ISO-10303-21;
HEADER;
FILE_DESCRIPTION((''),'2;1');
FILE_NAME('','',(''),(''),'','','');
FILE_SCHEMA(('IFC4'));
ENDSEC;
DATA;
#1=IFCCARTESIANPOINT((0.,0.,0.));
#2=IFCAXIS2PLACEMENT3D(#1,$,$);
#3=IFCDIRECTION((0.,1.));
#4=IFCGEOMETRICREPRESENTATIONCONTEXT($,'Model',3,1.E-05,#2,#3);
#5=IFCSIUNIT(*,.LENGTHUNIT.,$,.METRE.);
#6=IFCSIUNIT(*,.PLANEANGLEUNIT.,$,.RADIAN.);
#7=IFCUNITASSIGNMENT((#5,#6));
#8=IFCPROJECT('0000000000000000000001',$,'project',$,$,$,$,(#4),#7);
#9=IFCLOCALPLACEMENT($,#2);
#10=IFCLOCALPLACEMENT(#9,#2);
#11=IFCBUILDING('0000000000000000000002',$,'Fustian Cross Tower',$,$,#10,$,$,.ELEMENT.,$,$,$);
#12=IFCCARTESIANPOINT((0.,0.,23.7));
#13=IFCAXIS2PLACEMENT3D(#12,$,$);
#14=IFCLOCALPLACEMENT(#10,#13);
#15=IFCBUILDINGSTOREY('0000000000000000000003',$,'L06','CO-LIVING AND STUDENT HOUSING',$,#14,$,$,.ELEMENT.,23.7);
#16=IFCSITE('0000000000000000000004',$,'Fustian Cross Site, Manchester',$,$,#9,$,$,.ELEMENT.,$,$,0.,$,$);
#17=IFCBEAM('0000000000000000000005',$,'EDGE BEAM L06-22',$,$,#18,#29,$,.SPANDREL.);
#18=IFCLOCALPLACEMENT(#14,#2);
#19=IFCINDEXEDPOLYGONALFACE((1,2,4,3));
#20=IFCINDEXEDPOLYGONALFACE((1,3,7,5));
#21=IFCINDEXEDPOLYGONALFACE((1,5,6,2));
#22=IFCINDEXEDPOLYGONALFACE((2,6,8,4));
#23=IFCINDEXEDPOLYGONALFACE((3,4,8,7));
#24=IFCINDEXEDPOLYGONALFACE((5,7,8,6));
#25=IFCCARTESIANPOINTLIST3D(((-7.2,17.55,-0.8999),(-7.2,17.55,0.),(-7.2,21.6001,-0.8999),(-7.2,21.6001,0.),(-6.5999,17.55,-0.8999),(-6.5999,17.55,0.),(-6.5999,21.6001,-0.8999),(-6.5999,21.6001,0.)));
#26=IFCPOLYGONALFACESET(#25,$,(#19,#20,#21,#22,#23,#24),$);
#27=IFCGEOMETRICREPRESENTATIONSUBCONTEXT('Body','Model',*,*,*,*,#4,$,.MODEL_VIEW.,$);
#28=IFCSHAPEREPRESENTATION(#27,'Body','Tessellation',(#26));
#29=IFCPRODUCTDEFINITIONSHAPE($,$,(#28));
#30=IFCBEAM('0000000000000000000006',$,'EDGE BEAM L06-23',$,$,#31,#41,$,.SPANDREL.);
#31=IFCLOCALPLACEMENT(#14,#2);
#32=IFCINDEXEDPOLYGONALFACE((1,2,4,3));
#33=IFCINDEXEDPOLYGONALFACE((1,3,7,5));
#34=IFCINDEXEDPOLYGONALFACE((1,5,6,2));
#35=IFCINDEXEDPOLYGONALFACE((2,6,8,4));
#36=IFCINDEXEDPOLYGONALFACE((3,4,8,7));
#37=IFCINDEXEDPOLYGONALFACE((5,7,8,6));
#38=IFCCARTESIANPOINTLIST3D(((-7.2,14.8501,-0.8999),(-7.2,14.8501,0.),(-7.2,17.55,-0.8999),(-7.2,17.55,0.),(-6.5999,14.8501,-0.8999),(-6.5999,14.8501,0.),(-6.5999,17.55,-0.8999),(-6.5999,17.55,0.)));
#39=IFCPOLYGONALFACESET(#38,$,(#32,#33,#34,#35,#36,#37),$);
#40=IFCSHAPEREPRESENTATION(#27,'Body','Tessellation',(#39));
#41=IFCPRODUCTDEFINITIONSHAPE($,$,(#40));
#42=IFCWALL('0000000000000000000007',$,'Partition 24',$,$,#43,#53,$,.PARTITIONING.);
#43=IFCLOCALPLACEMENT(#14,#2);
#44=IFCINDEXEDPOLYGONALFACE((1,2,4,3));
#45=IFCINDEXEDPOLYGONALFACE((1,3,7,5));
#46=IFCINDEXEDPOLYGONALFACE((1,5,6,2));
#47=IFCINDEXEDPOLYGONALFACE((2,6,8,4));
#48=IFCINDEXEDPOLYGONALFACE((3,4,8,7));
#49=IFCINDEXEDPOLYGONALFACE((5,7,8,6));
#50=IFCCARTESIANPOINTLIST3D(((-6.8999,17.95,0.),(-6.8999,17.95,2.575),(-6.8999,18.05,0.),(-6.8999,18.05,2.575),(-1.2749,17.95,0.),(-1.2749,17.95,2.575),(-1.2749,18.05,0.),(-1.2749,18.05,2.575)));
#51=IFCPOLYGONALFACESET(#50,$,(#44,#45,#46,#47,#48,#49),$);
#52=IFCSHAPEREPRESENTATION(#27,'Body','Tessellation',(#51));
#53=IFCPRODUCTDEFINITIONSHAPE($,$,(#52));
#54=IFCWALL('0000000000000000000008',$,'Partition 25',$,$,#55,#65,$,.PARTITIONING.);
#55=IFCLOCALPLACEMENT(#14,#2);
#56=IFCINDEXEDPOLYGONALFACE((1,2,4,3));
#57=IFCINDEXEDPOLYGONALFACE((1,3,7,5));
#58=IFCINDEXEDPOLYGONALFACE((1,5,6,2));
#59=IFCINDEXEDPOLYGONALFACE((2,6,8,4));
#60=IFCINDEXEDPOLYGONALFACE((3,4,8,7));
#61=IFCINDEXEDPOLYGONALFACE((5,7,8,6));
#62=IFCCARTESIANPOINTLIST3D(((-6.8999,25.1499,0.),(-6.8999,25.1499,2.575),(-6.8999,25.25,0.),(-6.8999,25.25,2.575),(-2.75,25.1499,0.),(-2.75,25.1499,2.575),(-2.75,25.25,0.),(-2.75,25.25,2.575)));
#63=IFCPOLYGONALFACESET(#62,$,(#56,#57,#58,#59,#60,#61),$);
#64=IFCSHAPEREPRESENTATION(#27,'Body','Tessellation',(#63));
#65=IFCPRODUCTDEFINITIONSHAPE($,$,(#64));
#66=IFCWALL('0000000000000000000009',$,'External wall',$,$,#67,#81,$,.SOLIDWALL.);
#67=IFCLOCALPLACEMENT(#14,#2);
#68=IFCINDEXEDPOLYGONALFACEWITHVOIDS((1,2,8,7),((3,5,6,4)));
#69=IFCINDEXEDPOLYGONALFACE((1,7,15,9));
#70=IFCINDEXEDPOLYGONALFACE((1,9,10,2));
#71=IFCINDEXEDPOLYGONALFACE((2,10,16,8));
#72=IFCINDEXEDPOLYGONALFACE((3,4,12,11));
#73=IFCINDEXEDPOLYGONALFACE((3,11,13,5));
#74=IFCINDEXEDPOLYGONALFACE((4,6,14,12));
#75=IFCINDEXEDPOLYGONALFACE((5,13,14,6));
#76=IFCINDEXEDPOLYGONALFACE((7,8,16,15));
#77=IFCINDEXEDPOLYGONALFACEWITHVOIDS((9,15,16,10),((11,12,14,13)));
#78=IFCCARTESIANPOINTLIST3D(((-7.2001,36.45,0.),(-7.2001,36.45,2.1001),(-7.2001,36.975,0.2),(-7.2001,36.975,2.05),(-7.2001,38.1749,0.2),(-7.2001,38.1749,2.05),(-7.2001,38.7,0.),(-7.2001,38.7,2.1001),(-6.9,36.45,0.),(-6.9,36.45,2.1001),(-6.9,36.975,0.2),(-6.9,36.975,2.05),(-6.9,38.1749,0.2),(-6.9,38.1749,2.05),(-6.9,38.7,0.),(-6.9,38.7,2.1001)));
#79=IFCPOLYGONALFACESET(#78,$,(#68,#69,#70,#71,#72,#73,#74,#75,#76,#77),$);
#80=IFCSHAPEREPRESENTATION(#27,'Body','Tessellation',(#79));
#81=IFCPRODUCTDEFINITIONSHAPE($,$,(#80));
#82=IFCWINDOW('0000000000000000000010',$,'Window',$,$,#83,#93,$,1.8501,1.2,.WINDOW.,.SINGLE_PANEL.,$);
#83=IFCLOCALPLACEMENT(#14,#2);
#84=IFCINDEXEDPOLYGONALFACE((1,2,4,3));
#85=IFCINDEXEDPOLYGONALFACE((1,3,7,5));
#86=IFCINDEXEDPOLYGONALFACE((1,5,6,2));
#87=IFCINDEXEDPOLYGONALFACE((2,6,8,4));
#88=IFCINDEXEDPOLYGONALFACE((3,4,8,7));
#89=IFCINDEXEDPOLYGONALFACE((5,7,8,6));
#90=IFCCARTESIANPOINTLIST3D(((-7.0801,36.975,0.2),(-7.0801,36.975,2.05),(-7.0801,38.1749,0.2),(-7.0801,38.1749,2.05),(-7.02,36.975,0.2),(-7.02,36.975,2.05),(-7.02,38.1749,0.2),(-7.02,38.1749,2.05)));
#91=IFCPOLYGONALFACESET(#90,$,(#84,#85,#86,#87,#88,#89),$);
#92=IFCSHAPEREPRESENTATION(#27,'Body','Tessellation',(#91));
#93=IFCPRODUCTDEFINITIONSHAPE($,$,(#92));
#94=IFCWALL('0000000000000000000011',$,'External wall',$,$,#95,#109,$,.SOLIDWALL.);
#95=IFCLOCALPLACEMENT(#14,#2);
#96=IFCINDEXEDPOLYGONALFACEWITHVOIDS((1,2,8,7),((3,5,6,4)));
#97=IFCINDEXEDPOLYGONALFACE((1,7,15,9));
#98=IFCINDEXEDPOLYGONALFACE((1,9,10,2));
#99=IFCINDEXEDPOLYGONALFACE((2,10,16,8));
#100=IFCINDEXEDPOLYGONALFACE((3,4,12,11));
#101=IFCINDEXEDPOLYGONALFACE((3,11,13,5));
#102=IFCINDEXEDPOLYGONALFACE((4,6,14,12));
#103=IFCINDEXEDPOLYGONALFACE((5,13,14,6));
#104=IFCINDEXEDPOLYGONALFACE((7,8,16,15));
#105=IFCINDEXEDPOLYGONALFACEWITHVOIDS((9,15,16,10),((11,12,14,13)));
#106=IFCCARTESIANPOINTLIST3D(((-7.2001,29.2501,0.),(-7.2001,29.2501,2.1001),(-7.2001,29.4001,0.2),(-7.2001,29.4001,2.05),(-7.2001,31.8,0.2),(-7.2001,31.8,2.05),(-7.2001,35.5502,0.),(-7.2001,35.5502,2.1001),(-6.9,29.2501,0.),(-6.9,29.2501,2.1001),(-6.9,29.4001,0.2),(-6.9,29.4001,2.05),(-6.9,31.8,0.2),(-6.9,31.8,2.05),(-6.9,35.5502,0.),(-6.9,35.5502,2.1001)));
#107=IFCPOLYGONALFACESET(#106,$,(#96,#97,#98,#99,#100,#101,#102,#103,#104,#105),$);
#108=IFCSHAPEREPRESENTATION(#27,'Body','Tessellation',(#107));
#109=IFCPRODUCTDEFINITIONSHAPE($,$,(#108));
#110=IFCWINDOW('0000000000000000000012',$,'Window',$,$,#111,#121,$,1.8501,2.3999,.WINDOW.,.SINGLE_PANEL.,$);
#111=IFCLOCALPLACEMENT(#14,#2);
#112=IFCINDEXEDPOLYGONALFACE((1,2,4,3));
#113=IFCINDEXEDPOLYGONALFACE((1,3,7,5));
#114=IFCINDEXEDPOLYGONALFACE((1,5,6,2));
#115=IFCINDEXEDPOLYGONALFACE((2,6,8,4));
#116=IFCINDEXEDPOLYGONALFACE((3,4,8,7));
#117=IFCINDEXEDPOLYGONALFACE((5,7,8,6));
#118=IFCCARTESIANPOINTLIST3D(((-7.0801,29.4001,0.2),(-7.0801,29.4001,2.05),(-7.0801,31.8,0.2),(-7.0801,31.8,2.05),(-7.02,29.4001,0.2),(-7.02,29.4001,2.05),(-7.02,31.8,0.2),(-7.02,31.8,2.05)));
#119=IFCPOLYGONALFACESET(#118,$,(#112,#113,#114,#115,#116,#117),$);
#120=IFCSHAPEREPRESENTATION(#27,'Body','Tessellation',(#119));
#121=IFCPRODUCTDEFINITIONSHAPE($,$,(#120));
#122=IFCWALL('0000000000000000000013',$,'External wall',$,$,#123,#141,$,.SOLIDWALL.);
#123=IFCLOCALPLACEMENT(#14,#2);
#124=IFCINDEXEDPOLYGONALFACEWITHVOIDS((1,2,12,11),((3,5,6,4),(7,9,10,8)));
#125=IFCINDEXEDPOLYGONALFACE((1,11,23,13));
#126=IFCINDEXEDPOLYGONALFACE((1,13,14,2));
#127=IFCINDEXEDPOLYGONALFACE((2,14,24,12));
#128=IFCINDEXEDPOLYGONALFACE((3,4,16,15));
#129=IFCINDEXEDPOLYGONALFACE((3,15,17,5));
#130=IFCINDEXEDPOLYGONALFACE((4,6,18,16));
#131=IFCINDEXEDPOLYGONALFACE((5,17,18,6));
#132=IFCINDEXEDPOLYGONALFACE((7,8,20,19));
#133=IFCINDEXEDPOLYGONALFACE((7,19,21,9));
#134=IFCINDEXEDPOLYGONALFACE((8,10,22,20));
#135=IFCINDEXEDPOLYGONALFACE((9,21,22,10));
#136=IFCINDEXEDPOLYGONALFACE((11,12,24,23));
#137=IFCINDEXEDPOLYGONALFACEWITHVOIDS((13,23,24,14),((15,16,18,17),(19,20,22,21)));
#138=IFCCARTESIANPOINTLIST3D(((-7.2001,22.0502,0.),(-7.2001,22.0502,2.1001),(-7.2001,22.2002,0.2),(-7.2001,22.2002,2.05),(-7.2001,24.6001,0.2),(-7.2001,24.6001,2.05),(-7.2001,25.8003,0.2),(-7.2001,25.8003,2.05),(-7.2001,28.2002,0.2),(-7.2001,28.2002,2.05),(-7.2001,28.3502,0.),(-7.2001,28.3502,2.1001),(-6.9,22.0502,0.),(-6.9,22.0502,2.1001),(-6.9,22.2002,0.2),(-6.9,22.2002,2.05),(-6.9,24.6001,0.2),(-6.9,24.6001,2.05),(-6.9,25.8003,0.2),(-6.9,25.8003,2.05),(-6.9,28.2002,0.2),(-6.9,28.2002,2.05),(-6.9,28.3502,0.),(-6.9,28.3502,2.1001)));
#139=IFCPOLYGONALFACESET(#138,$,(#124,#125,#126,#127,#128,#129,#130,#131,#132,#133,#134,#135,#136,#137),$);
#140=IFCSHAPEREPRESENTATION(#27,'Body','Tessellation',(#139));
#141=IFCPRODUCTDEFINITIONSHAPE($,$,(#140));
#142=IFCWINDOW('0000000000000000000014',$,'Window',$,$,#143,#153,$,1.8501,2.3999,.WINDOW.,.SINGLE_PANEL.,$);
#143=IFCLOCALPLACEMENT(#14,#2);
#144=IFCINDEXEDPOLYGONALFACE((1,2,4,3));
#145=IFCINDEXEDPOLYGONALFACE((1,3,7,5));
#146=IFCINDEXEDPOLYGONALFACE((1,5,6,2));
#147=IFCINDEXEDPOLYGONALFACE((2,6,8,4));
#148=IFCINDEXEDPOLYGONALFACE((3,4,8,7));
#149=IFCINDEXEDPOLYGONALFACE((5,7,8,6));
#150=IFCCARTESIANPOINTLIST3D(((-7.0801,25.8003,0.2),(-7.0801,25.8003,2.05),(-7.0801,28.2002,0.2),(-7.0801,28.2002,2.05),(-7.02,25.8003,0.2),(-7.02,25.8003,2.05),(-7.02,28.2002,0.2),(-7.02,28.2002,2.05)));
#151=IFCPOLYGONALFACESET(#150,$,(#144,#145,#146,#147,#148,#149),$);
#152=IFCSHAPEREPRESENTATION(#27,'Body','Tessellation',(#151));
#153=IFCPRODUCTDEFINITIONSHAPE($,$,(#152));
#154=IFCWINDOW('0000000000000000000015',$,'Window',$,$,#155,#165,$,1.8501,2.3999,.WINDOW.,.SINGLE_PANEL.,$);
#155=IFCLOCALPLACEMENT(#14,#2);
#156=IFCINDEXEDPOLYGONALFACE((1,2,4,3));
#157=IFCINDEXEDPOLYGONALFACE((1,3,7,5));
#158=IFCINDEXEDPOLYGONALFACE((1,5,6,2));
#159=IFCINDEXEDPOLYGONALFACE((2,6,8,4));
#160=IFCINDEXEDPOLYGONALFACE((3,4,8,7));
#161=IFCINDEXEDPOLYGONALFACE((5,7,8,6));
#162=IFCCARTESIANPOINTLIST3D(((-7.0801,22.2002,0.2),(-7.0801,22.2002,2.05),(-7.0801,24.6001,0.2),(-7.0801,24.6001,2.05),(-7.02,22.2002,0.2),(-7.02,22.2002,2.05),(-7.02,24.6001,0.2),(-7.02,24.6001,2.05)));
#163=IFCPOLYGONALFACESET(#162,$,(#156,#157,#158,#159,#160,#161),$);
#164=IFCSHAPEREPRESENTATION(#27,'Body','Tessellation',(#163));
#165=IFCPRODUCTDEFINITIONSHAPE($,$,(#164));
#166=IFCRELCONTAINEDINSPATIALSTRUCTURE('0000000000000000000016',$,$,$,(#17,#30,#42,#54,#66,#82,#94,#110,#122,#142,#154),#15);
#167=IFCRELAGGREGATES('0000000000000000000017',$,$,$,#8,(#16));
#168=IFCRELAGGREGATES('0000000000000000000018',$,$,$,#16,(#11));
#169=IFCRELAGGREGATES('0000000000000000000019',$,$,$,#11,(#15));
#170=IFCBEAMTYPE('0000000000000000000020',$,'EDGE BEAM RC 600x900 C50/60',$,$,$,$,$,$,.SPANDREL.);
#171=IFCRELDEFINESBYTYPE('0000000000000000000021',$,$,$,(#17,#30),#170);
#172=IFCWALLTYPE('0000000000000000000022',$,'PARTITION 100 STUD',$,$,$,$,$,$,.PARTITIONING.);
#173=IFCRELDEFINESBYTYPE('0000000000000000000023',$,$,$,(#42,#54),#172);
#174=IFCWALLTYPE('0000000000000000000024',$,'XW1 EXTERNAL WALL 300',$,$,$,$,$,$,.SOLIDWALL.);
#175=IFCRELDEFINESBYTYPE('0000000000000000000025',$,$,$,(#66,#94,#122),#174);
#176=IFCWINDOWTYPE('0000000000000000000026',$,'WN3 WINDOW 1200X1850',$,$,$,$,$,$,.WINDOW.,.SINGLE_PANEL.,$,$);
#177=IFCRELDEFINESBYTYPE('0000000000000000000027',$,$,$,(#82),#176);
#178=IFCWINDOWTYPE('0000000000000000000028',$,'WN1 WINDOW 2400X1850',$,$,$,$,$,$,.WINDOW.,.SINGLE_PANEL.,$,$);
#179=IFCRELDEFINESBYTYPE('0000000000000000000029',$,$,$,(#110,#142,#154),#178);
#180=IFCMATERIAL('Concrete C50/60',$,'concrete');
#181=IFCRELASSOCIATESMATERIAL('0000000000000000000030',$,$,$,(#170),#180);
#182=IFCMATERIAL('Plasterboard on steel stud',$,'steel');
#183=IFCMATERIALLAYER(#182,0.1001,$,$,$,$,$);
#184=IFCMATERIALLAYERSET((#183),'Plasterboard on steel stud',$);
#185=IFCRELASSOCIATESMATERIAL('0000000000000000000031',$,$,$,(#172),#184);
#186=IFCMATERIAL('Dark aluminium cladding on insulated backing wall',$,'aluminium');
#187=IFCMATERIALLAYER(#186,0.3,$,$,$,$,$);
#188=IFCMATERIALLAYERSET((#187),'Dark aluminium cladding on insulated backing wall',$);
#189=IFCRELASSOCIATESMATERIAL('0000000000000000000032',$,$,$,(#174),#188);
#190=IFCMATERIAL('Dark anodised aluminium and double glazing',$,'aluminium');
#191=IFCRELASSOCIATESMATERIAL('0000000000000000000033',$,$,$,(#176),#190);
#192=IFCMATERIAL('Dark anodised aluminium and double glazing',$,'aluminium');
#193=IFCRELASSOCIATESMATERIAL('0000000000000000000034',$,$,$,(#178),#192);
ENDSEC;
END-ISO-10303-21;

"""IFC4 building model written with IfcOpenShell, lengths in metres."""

from ifc_helpers import new_model, si_unit, direction, frame, frame_2d, origin, origin_2d, place, context, subcontext, project, spatial, rectangle, extrude, material, layer, layer_set, material_profile, profile_set, type_object, element, fill, save


model = new_model("IFC4")

# Units and contexts
model_context = context("Model", 3, precision=1e-05, world=origin(), true_north=direction((0.0, 1.0)))
body_context = subcontext(model_context, "Body", "Model", "MODEL_VIEW")
ifc_project = project(units=[si_unit("LENGTHUNIT", "METRE"), si_unit("PLANEANGLEUNIT", "RADIAN")], contexts=[model_context])

# Site, building, storey
site_placement = place(None, origin())
site = spatial("IfcSite", under=ifc_project, at=site_placement, Name="Fustian Cross Site, Manchester", CompositionType="ELEMENT", RefElevation=0.0)
building_placement = place(site_placement, origin())
building = spatial("IfcBuilding", under=site, at=building_placement, Name="Fustian Cross Tower", CompositionType="ELEMENT")
storey_placement = place(building_placement, frame((0.0, 0.0, 23.7)))
storey = spatial("IfcBuildingStorey", under=building, at=storey_placement, Name="L06", Description="CO-LIVING AND STUDENT HOUSING", CompositionType="ELEMENT", Elevation=23.7)

# Beams
ifc_material_1 = material(Name="Concrete C50/60", Category="concrete")
ifc_material_profile = material_profile(ifc_material_1, rectangle(XDim=0.6001, YDim=0.8999, at=origin_2d()), Name="RC 600x900")
ifc_profile_set = profile_set([ifc_material_profile], Name="Concrete C50/60")
beam_type = type_object("IfcBeamType", Name="EDGE BEAM RC 600x900 C50/60", PredefinedType="SPANDREL", material=ifc_profile_set)
beam_1_placement = place(storey_placement, frame((-6.8999, 21.6001, -0.45), z_axis=(0.0, -1.0, 0.0), x_axis=(1.0, 0.0, 0.0)))
element("IfcBeam", 1, at=beam_1_placement, inside=storey, type_object=beam_type, Name="EDGE BEAM L06-22", PredefinedType="SPANDREL", context=body_context, shape_type="SweptSolid", body=[
    extrude(rectangle(XDim=0.6001, YDim=0.8999, at=origin_2d()), origin(), (0.0, 0.0, 1.0), 4.05),
])
beam_2_placement = place(storey_placement, frame((-6.8999, 17.55, -0.45), z_axis=(0.0, -1.0, 0.0), x_axis=(1.0, 0.0, 0.0)))
element("IfcBeam", 2, at=beam_2_placement, inside=storey, type_object=beam_type, Name="EDGE BEAM L06-23", PredefinedType="SPANDREL", context=body_context, shape_type="SweptSolid", body=[
    extrude(rectangle(XDim=0.6001, YDim=0.8999, at=origin_2d()), origin(), (0.0, 0.0, 1.0), 2.7),
])

# Walls
ifc_material_2 = material(Name="Plasterboard on steel stud", Category="steel")
ifc_layer_1 = layer(ifc_material_2, 0.1001)
ifc_layer_set_1 = layer_set([ifc_layer_1], Name="Plasterboard on steel stud")
wall_type_1 = type_object("IfcWallType", Name="PARTITION 100 STUD", PredefinedType="PARTITIONING", material=ifc_layer_set_1)
wall_1_placement = place(storey_placement, frame((-6.8999, 18.0, 0.0), z_axis=(0.0, 0.0, 1.0), x_axis=(1.0, 0.0, 0.0)))
element("IfcWall", 3, at=wall_1_placement, inside=storey, type_object=wall_type_1, Name="Partition 24", PredefinedType="PARTITIONING", context=body_context, shape_type="SweptSolid", body=[
    extrude(rectangle(XDim=5.625, YDim=0.1001, at=frame_2d((2.8125, 0.0))), origin(), (0.0, 0.0, 1.0), 2.575),
])
wall_2_placement = place(storey_placement, frame((-6.8999, 25.2, 0.0), z_axis=(0.0, 0.0, 1.0), x_axis=(1.0, 0.0, 0.0)))
element("IfcWall", 4, at=wall_2_placement, inside=storey, type_object=wall_type_1, Name="Partition 25", PredefinedType="PARTITIONING", context=body_context, shape_type="SweptSolid", body=[
    extrude(rectangle(XDim=4.1499, YDim=0.1001, at=frame_2d((2.075, 0.0))), origin(), (0.0, 0.0, 1.0), 2.575),
])

# Walls, openings, windows
ifc_material_3 = material(Name="Dark aluminium cladding on insulated backing wall", Category="aluminium")
ifc_layer_2 = layer(ifc_material_3, 0.3)
ifc_layer_set_2 = layer_set([ifc_layer_2], Name="Dark aluminium cladding on insulated backing wall")
wall_type_2 = type_object("IfcWallType", Name="XW1 EXTERNAL WALL 300", PredefinedType="SOLIDWALL", material=ifc_layer_set_2)
wall_3_placement = place(storey_placement, frame((-7.05, 38.7, 0.0), z_axis=(0.0, 0.0, 1.0), x_axis=(0.0, -1.0, 0.0)))
wall_3 = element("IfcWall", 5, at=wall_3_placement, inside=storey, type_object=wall_type_2, Name="External wall", PredefinedType="SOLIDWALL", context=body_context, shape_type="SweptSolid", body=[
    extrude(rectangle(XDim=2.25, YDim=0.3, at=frame_2d((1.125, 0.0))), origin(), (0.0, 0.0, 1.0), 2.1001),
])
opening_1_placement = place(wall_3_placement, frame((0.5249, 0.0, 0.2)))
opening_1 = element("IfcOpeningElement", 6, at=opening_1_placement, cuts=wall_3, PredefinedType="OPENING", context=body_context, shape_type="SweptSolid", body=[
    extrude(rectangle(XDim=1.2, YDim=1.8501, at=frame_2d((0.6001, 0.925))), frame((0.0, 0.1599, 0.0), z_axis=(0.0, -1.0, 0.0), x_axis=(1.0, 0.0, 0.0)), (0.0, 0.0, 1.0), 0.3201),
])
ifc_material_4 = material(Name="Dark anodised aluminium and double glazing", Category="aluminium")
window_type_1 = type_object("IfcWindowType", Name="WN3 WINDOW 1200X1850", PartitioningType="SINGLE_PANEL", PredefinedType="WINDOW", material=ifc_material_4)
window_1_placement = place(opening_1_placement, origin())
window_1 = element("IfcWindow", 7, at=window_1_placement, inside=storey, type_object=window_type_1, Name="Window", OverallHeight=1.8501, OverallWidth=1.2, PartitioningType="SINGLE_PANEL", PredefinedType="WINDOW", context=body_context, shape_type="SweptSolid", body=[
    extrude(rectangle(XDim=1.2, YDim=1.8501, at=frame_2d((0.6001, 0.925))), frame((0.0, 0.03, 0.0), z_axis=(0.0, -1.0, 0.0), x_axis=(1.0, 0.0, 0.0)), (0.0, 0.0, 1.0), 0.0601),
])
fill(opening_1, window_1)
wall_4_placement = place(storey_placement, frame((-7.05, 35.55, 0.0), z_axis=(0.0, 0.0, 1.0), x_axis=(0.0, -1.0, 0.0)))
wall_4 = element("IfcWall", 8, at=wall_4_placement, inside=storey, type_object=wall_type_2, Name="External wall", PredefinedType="SOLIDWALL", context=body_context, shape_type="SweptSolid", body=[
    extrude(rectangle(XDim=6.3, YDim=0.3, at=frame_2d((3.1499, 0.0))), origin(), (0.0, 0.0, 1.0), 2.1001),
])
opening_2_placement = place(wall_4_placement, frame((3.75, 0.0, 0.2)))
opening_2 = element("IfcOpeningElement", 9, at=opening_2_placement, cuts=wall_4, PredefinedType="OPENING", context=body_context, shape_type="SweptSolid", body=[
    extrude(rectangle(XDim=2.3999, YDim=1.8501, at=frame_2d((1.2, 0.925))), frame((0.0, 0.1599, 0.0), z_axis=(0.0, -1.0, 0.0), x_axis=(1.0, 0.0, 0.0)), (0.0, 0.0, 1.0), 0.3201),
])
ifc_material_5 = material(Name="Dark anodised aluminium and double glazing", Category="aluminium")
window_type_2 = type_object("IfcWindowType", Name="WN1 WINDOW 2400X1850", PartitioningType="SINGLE_PANEL", PredefinedType="WINDOW", material=ifc_material_5)
window_2_placement = place(opening_2_placement, origin())
window_2 = element("IfcWindow", 10, at=window_2_placement, inside=storey, type_object=window_type_2, Name="Window", OverallHeight=1.8501, OverallWidth=2.3999, PartitioningType="SINGLE_PANEL", PredefinedType="WINDOW", context=body_context, shape_type="SweptSolid", body=[
    extrude(rectangle(XDim=2.3999, YDim=1.8501, at=frame_2d((1.2, 0.925))), frame((0.0, 0.03, 0.0), z_axis=(0.0, -1.0, 0.0), x_axis=(1.0, 0.0, 0.0)), (0.0, 0.0, 1.0), 0.0601),
])
fill(opening_2, window_2)

# Wall, openings, windows
wall_5_placement = place(storey_placement, frame((-7.05, 28.3501, 0.0), z_axis=(0.0, 0.0, 1.0), x_axis=(0.0, -1.0, 0.0)))
wall_5 = element("IfcWall", 11, at=wall_5_placement, inside=storey, type_object=wall_type_2, Name="External wall", PredefinedType="SOLIDWALL", context=body_context, shape_type="SweptSolid", body=[
    extrude(rectangle(XDim=6.3, YDim=0.3, at=frame_2d((3.1499, 0.0))), origin(), (0.0, 0.0, 1.0), 2.1001),
])
opening_3_placement = place(wall_5_placement, frame((0.1499, 0.0, 0.2)))
opening_3 = element("IfcOpeningElement", 12, at=opening_3_placement, cuts=wall_5, PredefinedType="OPENING", context=body_context, shape_type="SweptSolid", body=[
    extrude(rectangle(XDim=2.3999, YDim=1.8501, at=frame_2d((1.2, 0.925))), frame((0.0, 0.1599, 0.0), z_axis=(0.0, -1.0, 0.0), x_axis=(1.0, 0.0, 0.0)), (0.0, 0.0, 1.0), 0.3201),
])
opening_4_placement = place(wall_5_placement, frame((3.75, 0.0, 0.2)))
opening_4 = element("IfcOpeningElement", 13, at=opening_4_placement, cuts=wall_5, PredefinedType="OPENING", context=body_context, shape_type="SweptSolid", body=[
    extrude(rectangle(XDim=2.3999, YDim=1.8501, at=frame_2d((1.2, 0.925))), frame((0.0, 0.1599, 0.0), z_axis=(0.0, -1.0, 0.0), x_axis=(1.0, 0.0, 0.0)), (0.0, 0.0, 1.0), 0.3201),
])
window_3_placement = place(opening_3_placement, origin())
window_3 = element("IfcWindow", 14, at=window_3_placement, inside=storey, type_object=window_type_2, Name="Window", OverallHeight=1.8501, OverallWidth=2.3999, PartitioningType="SINGLE_PANEL", PredefinedType="WINDOW", context=body_context, shape_type="SweptSolid", body=[
    extrude(rectangle(XDim=2.3999, YDim=1.8501, at=frame_2d((1.2, 0.925))), frame((0.0, 0.03, 0.0), z_axis=(0.0, -1.0, 0.0), x_axis=(1.0, 0.0, 0.0)), (0.0, 0.0, 1.0), 0.0601),
])
fill(opening_3, window_3)
window_4_placement = place(opening_4_placement, origin())
window_4 = element("IfcWindow", 15, at=window_4_placement, inside=storey, type_object=window_type_2, Name="Window", OverallHeight=1.8501, OverallWidth=2.3999, PartitioningType="SINGLE_PANEL", PredefinedType="WINDOW", context=body_context, shape_type="SweptSolid", body=[
    extrude(rectangle(XDim=2.3999, YDim=1.8501, at=frame_2d((1.2, 0.925))), frame((0.0, 0.03, 0.0), z_axis=(0.0, -1.0, 0.0), x_axis=(1.0, 0.0, 0.0)), (0.0, 0.0, 1.0), 0.0601),
])
fill(opening_4, window_4)

save(model, "model.ifc")
